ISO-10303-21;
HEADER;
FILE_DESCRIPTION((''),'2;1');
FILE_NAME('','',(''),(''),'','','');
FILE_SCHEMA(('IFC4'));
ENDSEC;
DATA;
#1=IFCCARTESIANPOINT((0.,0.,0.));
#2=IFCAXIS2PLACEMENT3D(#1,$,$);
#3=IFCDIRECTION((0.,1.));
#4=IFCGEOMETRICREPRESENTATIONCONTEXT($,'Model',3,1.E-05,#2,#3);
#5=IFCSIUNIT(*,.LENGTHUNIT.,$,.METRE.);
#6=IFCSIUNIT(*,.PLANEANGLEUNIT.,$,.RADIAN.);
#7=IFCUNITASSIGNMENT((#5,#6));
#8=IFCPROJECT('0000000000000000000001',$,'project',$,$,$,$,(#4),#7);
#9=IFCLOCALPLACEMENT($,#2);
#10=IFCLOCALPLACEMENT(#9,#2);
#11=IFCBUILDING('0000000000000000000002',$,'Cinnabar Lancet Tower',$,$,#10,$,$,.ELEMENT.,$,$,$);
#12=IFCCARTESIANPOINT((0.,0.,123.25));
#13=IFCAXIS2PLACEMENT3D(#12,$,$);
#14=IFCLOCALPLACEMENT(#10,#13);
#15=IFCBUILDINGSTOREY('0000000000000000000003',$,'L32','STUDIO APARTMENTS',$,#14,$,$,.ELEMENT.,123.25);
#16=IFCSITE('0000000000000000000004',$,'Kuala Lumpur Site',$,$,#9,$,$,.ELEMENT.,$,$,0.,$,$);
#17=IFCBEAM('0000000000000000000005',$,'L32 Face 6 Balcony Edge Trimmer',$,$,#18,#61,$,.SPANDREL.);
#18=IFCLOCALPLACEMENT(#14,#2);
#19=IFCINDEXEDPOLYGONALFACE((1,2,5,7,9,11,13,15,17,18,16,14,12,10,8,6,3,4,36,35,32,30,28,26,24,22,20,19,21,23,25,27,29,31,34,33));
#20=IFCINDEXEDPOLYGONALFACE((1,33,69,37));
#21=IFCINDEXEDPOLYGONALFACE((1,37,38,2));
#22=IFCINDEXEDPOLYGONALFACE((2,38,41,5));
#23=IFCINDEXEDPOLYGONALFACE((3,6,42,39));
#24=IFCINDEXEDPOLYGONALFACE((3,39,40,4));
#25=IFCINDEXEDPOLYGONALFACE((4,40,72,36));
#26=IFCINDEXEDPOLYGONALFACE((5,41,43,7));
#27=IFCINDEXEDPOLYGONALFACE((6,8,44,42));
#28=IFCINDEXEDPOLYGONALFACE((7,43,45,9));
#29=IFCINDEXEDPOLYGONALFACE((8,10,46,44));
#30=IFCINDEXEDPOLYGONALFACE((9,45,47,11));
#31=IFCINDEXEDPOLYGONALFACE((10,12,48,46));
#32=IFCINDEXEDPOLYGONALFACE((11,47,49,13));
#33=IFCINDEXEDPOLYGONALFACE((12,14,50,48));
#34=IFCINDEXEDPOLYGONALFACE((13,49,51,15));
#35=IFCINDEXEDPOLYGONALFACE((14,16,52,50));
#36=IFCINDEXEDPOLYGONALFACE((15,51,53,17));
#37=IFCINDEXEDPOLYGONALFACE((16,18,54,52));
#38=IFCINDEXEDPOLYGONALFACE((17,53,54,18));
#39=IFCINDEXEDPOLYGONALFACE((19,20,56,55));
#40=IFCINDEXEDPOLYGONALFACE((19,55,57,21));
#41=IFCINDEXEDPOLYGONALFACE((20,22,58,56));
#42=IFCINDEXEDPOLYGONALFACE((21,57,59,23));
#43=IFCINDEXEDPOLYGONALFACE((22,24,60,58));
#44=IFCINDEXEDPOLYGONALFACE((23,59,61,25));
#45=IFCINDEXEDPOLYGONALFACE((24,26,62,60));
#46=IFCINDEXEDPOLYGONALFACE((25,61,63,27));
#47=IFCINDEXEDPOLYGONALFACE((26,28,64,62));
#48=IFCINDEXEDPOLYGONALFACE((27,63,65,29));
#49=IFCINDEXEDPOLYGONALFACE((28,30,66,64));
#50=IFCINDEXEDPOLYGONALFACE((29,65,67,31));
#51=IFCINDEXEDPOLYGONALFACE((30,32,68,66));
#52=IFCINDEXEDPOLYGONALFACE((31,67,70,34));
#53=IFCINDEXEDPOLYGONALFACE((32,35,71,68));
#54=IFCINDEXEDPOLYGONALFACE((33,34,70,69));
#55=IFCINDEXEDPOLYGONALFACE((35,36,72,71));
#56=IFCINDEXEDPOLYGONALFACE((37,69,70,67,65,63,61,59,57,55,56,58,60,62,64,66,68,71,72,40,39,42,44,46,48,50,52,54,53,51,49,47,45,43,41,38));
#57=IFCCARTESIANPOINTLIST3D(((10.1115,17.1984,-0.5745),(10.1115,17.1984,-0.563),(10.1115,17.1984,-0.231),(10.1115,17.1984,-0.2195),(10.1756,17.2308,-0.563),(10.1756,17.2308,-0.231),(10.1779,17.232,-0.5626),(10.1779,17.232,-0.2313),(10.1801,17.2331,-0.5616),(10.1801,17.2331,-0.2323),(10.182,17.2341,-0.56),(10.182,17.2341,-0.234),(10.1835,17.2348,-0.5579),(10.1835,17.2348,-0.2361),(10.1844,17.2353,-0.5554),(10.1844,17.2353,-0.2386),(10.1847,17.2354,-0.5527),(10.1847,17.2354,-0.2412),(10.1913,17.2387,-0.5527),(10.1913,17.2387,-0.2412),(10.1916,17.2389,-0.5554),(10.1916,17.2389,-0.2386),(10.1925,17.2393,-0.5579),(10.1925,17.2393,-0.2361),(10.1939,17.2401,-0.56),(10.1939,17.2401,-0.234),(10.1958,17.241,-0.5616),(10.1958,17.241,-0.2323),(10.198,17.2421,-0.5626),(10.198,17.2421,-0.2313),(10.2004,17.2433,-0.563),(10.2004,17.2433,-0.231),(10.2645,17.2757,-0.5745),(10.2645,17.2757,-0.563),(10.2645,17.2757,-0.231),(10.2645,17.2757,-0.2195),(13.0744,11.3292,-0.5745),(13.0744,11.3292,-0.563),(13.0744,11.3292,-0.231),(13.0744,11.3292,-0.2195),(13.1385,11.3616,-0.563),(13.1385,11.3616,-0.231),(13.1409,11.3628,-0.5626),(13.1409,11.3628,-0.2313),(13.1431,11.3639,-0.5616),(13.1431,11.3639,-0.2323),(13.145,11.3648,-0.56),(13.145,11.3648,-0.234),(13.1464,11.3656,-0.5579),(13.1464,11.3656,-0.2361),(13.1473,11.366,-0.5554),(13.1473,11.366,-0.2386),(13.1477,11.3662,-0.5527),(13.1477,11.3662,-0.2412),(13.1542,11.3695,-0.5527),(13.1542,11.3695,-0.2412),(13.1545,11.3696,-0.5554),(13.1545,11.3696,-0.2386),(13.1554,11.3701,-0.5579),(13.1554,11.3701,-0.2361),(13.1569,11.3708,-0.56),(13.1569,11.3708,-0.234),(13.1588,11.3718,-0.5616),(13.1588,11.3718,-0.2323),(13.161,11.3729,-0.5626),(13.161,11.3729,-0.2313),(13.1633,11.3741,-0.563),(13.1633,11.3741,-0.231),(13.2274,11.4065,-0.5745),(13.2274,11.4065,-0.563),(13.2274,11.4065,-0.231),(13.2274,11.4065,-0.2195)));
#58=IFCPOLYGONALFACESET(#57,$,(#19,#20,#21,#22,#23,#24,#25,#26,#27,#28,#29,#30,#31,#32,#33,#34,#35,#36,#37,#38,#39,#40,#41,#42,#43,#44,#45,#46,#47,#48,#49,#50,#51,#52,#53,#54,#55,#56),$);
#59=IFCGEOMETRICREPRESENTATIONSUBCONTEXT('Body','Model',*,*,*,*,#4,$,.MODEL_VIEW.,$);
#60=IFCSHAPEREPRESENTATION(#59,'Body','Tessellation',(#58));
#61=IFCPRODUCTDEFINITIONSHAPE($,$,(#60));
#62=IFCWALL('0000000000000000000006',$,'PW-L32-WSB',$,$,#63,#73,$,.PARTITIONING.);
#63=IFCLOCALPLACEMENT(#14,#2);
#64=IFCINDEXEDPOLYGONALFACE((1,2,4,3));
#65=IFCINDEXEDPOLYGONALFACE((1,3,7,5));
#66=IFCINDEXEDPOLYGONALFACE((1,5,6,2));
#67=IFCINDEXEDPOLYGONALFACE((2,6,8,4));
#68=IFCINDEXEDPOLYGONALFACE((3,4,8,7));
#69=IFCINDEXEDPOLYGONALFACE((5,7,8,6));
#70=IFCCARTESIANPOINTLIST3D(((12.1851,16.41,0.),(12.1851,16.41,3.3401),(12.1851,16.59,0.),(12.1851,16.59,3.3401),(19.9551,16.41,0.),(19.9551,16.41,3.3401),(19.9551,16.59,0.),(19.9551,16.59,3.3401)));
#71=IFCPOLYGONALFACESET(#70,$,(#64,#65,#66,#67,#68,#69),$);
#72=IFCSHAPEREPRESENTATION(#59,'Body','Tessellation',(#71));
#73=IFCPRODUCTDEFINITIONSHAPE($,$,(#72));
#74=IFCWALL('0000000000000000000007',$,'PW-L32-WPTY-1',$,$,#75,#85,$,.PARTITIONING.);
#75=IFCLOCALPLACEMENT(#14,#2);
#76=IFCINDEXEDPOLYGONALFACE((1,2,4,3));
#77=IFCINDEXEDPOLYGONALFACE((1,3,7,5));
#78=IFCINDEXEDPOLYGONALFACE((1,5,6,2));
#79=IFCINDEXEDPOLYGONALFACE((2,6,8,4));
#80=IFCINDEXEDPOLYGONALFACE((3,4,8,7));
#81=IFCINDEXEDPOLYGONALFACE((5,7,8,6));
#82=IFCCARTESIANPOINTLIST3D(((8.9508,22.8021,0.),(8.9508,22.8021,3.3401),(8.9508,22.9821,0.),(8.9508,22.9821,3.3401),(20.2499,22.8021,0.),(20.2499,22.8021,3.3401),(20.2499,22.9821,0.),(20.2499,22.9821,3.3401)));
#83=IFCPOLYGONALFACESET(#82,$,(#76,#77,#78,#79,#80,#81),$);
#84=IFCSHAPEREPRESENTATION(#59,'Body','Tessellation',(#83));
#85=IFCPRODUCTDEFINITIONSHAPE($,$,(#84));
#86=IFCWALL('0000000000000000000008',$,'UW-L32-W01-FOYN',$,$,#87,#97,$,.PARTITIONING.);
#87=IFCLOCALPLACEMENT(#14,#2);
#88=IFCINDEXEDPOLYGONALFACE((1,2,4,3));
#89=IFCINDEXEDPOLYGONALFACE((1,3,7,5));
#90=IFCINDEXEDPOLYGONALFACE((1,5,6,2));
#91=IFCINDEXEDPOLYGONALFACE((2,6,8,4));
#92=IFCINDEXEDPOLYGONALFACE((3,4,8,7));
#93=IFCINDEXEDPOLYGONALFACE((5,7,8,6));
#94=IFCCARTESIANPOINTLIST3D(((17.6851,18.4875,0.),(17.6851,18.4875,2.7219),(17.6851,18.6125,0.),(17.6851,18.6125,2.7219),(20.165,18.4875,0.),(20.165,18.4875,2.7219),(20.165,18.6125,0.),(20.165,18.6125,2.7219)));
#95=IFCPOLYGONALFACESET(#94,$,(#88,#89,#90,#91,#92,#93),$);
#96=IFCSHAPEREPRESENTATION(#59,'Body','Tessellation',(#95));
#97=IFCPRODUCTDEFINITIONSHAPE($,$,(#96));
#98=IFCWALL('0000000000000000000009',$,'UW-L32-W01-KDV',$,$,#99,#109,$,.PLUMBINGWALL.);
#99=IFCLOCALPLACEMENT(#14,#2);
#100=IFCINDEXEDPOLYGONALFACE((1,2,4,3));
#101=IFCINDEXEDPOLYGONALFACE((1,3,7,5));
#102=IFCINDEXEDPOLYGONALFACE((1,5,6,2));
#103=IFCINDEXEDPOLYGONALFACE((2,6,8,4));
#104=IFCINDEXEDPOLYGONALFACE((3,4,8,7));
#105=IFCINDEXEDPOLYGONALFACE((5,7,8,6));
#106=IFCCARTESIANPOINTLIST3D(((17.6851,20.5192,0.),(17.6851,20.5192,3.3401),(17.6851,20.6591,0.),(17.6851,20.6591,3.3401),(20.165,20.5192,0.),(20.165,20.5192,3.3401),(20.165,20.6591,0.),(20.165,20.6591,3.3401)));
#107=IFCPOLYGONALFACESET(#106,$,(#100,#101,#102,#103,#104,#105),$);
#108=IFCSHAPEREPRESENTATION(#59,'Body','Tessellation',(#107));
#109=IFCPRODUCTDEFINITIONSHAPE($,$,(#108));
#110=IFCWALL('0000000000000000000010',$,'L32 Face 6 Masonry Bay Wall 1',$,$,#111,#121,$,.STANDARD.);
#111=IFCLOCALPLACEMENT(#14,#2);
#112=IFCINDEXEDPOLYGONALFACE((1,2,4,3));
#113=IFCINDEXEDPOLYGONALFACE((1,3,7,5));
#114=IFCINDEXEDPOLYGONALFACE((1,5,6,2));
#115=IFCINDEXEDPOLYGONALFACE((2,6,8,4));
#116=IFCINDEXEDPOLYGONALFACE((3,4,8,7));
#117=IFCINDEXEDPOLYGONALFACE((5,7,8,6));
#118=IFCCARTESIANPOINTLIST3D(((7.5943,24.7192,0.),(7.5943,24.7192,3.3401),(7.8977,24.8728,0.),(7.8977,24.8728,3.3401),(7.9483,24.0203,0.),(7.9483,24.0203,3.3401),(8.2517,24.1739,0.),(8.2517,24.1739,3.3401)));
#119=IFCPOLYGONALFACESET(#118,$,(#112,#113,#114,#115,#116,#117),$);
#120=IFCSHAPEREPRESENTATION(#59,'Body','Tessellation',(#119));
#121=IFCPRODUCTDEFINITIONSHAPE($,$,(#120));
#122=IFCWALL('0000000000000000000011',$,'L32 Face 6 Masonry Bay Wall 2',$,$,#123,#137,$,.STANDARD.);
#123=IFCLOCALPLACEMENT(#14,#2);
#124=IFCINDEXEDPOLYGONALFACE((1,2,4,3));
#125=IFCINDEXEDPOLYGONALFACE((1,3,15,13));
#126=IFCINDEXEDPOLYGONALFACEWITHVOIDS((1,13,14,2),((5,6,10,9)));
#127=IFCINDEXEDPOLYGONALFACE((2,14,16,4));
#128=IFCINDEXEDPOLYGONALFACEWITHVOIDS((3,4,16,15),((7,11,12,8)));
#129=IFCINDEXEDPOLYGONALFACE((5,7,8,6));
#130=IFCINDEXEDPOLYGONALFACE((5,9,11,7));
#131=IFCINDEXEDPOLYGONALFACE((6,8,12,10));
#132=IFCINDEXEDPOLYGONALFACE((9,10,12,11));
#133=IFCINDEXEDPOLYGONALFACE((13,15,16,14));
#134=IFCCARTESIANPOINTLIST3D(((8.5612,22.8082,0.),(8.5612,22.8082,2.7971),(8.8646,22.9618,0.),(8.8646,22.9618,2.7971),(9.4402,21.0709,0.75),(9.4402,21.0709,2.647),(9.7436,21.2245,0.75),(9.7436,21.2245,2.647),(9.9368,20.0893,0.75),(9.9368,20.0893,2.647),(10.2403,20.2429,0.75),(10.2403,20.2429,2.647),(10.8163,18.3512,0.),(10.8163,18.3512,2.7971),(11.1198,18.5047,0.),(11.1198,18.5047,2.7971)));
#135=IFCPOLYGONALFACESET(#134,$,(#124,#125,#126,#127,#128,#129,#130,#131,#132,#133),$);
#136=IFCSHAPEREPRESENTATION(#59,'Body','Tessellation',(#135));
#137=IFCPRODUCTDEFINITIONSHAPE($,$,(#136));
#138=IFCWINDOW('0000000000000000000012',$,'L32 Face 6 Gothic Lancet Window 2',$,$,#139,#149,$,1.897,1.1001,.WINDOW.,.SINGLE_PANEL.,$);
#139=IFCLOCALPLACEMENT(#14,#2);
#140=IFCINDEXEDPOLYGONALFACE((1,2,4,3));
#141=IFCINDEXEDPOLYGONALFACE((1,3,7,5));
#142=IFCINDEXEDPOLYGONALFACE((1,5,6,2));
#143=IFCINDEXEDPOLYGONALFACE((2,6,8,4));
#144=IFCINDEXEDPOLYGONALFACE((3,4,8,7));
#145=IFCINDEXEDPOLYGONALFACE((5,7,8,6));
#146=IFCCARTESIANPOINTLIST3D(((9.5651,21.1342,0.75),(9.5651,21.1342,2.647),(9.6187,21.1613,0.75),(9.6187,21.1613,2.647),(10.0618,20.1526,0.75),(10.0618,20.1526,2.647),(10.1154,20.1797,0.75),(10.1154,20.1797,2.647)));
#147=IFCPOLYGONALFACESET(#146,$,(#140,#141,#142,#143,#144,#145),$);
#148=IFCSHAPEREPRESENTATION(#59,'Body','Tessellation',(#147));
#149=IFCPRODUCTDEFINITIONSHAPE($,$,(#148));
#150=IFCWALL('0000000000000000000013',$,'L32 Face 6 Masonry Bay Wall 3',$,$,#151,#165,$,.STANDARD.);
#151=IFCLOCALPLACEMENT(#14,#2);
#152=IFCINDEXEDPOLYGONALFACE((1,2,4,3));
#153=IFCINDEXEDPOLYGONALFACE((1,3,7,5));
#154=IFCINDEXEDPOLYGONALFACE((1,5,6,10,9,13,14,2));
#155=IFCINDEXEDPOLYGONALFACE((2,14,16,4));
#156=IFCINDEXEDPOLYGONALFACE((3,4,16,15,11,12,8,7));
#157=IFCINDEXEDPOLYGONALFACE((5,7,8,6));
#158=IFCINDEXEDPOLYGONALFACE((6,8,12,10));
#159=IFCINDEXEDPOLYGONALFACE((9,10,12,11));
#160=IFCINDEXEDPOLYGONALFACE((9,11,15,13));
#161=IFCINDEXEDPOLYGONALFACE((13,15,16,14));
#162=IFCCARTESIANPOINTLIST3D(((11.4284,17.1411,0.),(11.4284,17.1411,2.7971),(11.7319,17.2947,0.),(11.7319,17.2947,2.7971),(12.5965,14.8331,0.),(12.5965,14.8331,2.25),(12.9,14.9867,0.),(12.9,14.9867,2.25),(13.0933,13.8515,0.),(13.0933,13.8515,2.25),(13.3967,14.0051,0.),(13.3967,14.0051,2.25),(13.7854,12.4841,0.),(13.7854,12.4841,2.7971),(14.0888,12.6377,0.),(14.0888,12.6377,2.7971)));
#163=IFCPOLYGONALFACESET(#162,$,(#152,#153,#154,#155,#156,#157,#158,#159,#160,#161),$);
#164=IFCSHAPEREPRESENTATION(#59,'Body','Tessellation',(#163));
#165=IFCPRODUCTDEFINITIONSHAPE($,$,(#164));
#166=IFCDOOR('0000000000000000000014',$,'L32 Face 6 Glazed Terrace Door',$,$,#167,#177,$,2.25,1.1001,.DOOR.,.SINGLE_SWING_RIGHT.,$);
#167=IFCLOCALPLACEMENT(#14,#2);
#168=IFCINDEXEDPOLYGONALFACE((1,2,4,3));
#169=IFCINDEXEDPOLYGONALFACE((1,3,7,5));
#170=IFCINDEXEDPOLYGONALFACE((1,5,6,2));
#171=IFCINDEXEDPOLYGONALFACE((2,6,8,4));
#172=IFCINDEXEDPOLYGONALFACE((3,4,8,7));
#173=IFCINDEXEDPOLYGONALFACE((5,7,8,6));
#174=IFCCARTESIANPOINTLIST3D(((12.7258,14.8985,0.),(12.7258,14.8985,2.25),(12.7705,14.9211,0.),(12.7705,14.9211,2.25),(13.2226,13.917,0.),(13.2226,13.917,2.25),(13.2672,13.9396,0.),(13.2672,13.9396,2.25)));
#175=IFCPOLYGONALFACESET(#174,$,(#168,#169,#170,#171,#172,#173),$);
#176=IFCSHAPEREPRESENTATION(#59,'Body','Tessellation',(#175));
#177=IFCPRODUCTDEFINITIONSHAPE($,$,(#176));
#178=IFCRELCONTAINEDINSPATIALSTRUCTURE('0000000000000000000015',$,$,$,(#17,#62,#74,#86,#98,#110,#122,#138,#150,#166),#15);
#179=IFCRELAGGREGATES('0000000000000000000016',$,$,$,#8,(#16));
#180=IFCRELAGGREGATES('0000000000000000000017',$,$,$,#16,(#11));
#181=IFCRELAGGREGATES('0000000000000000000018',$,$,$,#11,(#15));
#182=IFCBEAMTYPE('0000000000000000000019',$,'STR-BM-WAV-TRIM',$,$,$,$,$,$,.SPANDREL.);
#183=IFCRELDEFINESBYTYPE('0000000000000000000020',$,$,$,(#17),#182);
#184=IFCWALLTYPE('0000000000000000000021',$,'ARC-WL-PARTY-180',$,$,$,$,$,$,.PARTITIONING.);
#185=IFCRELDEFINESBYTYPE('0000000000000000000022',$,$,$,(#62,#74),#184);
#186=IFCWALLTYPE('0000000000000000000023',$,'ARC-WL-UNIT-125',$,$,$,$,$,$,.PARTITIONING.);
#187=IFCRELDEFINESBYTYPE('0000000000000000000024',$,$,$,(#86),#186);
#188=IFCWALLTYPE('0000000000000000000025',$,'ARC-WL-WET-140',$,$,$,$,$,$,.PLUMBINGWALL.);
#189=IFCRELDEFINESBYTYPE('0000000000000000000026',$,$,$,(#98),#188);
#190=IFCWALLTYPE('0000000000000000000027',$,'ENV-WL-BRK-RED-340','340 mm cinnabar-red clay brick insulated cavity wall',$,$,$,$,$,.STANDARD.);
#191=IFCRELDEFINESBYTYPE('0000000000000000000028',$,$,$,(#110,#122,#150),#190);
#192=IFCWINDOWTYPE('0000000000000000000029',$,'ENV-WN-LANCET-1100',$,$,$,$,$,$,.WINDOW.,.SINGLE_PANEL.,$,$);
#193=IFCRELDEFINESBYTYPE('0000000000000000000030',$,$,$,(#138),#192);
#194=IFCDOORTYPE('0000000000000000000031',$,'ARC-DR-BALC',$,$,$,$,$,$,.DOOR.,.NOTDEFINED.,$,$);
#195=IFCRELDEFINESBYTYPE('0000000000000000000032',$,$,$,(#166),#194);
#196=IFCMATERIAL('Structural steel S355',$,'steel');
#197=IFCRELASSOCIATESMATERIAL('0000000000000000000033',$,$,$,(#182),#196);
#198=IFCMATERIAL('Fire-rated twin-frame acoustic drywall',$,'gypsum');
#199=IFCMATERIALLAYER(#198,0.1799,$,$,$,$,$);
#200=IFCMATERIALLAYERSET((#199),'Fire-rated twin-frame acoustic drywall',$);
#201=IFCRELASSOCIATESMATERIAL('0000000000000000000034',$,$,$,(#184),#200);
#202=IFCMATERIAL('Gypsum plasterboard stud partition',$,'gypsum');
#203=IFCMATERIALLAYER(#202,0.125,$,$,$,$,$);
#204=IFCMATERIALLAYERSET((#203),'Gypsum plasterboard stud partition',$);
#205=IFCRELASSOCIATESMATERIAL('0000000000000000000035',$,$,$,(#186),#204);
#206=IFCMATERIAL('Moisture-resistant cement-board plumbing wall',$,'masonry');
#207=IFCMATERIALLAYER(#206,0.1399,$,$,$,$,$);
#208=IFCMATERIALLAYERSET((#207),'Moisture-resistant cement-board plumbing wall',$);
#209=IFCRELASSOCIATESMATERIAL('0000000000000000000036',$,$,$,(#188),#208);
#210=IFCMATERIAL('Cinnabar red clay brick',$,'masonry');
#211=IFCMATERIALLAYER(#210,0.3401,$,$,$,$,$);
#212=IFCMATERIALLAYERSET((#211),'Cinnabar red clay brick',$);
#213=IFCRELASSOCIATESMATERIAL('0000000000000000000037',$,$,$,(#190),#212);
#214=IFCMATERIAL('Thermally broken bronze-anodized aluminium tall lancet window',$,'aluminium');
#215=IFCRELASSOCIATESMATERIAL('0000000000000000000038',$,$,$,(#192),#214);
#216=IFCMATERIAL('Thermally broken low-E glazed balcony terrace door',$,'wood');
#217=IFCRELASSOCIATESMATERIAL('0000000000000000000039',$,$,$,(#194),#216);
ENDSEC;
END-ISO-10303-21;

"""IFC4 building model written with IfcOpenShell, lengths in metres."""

from ifc_helpers import new_model, si_unit, direction, frame, frame_2d, origin, origin_2d, place, context, subcontext, project, spatial, rectangle, i_section, extrude, material, layer, layer_set, material_profile, profile_set, type_object, element, fill, save


model = new_model("IFC4")

# Units and contexts
model_context = context("Model", 3, precision=1e-05, world=origin(), true_north=direction((0.0, 1.0)))
body_context = subcontext(model_context, "Body", "Model", "MODEL_VIEW")
ifc_project = project(units=[si_unit("LENGTHUNIT", "METRE"), si_unit("PLANEANGLEUNIT", "RADIAN")], contexts=[model_context])

# Site, building, storey
site_placement = place(None, origin())
site = spatial("IfcSite", under=ifc_project, at=site_placement, Name="Kuala Lumpur Site", CompositionType="ELEMENT", RefElevation=0.0)
building_placement = place(site_placement, origin())
building = spatial("IfcBuilding", under=site, at=building_placement, Name="Cinnabar Lancet Tower", CompositionType="ELEMENT")
storey_placement = place(building_placement, frame((0.0, 0.0, 123.25)))
storey = spatial("IfcBuildingStorey", under=building, at=storey_placement, Name="L32", Description="STUDIO APARTMENTS", CompositionType="ELEMENT", Elevation=123.25)

# Beam
ifc_material_1 = material(Name="Structural steel S355", Category="steel")
ifc_material_profile_1 = material_profile(ifc_material_1, i_section(OverallWidth=0.1714, OverallDepth=0.355, WebThickness=0.0073, FlangeThickness=0.0115, FilletRadius=0.0103, at=origin_2d()), Name="UKB 356x171x51")
ifc_profile_set_1 = profile_set([ifc_material_profile_1], Name="Structural steel S355")
beam_type_1 = type_object("IfcBeamType", Name="STR-BM-WAV-TRIM", PredefinedType="SPANDREL", material=ifc_profile_set_1)
beam_1_placement = place(storey_placement, frame((10.188, 17.2371, -0.397), z_axis=(0.450656, -0.892698, 0.0), x_axis=(0.892698, 0.450656, 0.0)))
element("IfcBeam", 1, at=beam_1_placement, inside=storey, type_object=beam_type_1, Name="L32 Face 6 Balcony Edge Trimmer", PredefinedType="SPANDREL", context=body_context, shape_type="SweptSolid", body=[
    extrude(i_section(OverallWidth=0.1714, OverallDepth=0.355, WebThickness=0.0073, FlangeThickness=0.0115, FilletRadius=0.0103, at=origin_2d()), origin(), (0.0, 0.0, 1.0), 6.5747),
])

# Walls
ifc_material_2 = material(Name="Fire-rated twin-frame acoustic drywall", Category="gypsum")
ifc_layer_1 = layer(ifc_material_2, 0.1799)
ifc_layer_set_1 = layer_set([ifc_layer_1], Name="Fire-rated twin-frame acoustic drywall")
wall_type_1 = type_object("IfcWallType", Name="ARC-WL-PARTY-180", PredefinedType="PARTITIONING", material=ifc_layer_set_1)
wall_1_placement = place(storey_placement, frame((12.1851, 16.5, 0.0), z_axis=(0.0, 0.0, 1.0), x_axis=(1.0, 0.0, 0.0)))
element("IfcWall", 2, at=wall_1_placement, inside=storey, type_object=wall_type_1, Name="PW-L32-WSB", PredefinedType="PARTITIONING", context=body_context, shape_type="SweptSolid", body=[
    extrude(rectangle(XDim=7.77, YDim=0.1799, at=frame_2d((3.885, 0.0))), origin(), (0.0, 0.0, 1.0), 3.3401),
])
wall_2_placement = place(storey_placement, frame((8.9509, 22.8921, 0.0), z_axis=(0.0, 0.0, 1.0), x_axis=(1.0, 0.0, 0.0)))
element("IfcWall", 3, at=wall_2_placement, inside=storey, type_object=wall_type_1, Name="PW-L32-WPTY-1", PredefinedType="PARTITIONING", context=body_context, shape_type="SweptSolid", body=[
    extrude(rectangle(XDim=11.2991, YDim=0.1799, at=frame_2d((5.6494, 0.0))), origin(), (0.0, 0.0, 1.0), 3.3401),
])
ifc_material_3 = material(Name="Gypsum plasterboard stud partition", Category="gypsum")
ifc_layer_2 = layer(ifc_material_3, 0.125)
ifc_layer_set_2 = layer_set([ifc_layer_2], Name="Gypsum plasterboard stud partition")
wall_type_2 = type_object("IfcWallType", Name="ARC-WL-UNIT-125", PredefinedType="PARTITIONING", material=ifc_layer_set_2)
wall_3_placement = place(storey_placement, frame((17.6851, 18.55, 0.0), z_axis=(0.0, 0.0, 1.0), x_axis=(1.0, 0.0, 0.0)))
element("IfcWall", 4, at=wall_3_placement, inside=storey, type_object=wall_type_2, Name="UW-L32-W01-FOYN", PredefinedType="PARTITIONING", context=body_context, shape_type="SweptSolid", body=[
    extrude(rectangle(XDim=2.48, YDim=0.125, at=frame_2d((1.24, 0.0))), origin(), (0.0, 0.0, 1.0), 2.7219),
])

# Shared definitions
ifc_material_4 = material(Name="Moisture-resistant cement-board plumbing wall", Category="masonry")
ifc_layer_3 = layer(ifc_material_4, 0.1399)
ifc_layer_set_3 = layer_set([ifc_layer_3], Name="Moisture-resistant cement-board plumbing wall")
wall_type_3 = type_object("IfcWallType", Name="ARC-WL-WET-140", PredefinedType="PLUMBINGWALL", material=ifc_layer_set_3)

# Walls
wall_4_placement = place(storey_placement, frame((17.6851, 20.5891, 0.0), z_axis=(0.0, 0.0, 1.0), x_axis=(1.0, 0.0, 0.0)))
element("IfcWall", 5, at=wall_4_placement, inside=storey, type_object=wall_type_3, Name="UW-L32-W01-KDV", PredefinedType="PLUMBINGWALL", context=body_context, shape_type="SweptSolid", body=[
    extrude(rectangle(XDim=2.48, YDim=0.1399, at=frame_2d((1.24, 0.0))), origin(), (0.0, 0.0, 1.0), 3.3401),
])
ifc_material_5 = material(Name="Cinnabar red clay brick", Category="masonry")
ifc_layer_4 = layer(ifc_material_5, 0.3401)
ifc_layer_set_4 = layer_set([ifc_layer_4], Name="Cinnabar red clay brick")
wall_type_4 = type_object("IfcWallType", Name="ENV-WL-BRK-RED-340", Description="340 mm cinnabar-red clay brick insulated cavity wall", PredefinedType="STANDARD", material=ifc_layer_set_4)
wall_5_placement = place(storey_placement, frame((7.7461, 24.7959, 0.0), z_axis=(0.0, 0.0, 1.0), x_axis=(0.451819, -0.892109, 0.0)))
element("IfcWall", 6, at=wall_5_placement, inside=storey, type_object=wall_type_4, Name="L32 Face 6 Masonry Bay Wall 1", PredefinedType="STANDARD", context=body_context, shape_type="SweptSolid", body=[
    extrude(rectangle(XDim=0.7834, YDim=0.3401, at=frame_2d((0.3916, 0.0))), origin(), (0.0, 0.0, 1.0), 3.3401),
])

# Wall, opening, window
wall_6_placement = place(storey_placement, frame((8.7129, 22.885, 0.0), z_axis=(0.0, 0.0, 1.0), x_axis=(0.451471, -0.892286, 0.0)))
wall_6 = element("IfcWall", 7, at=wall_6_placement, inside=storey, type_object=wall_type_4, Name="L32 Face 6 Masonry Bay Wall 2", PredefinedType="STANDARD", context=body_context, shape_type="SweptSolid", body=[
    extrude(rectangle(XDim=4.9951, YDim=0.3401, at=frame_2d((2.4976, 0.0))), origin(), (0.0, 0.0, 1.0), 2.7971),
])
opening_1_placement = place(wall_6_placement, frame((1.947, 0.0, 0.75)))
opening_1 = element("IfcOpeningElement", 8, at=opening_1_placement, cuts=wall_6, PredefinedType="OPENING", context=body_context, shape_type="SweptSolid", body=[
    extrude(rectangle(XDim=1.1001, YDim=1.897, at=frame_2d((0.55, 0.9485))), frame((0.0, 0.1799, 0.0), z_axis=(0.0, -1.0, 0.0), x_axis=(1.0, 0.0, 0.0)), (0.0, 0.0, 1.0), 0.3601),
])
ifc_material_6 = material(Name="Thermally broken bronze-anodized aluminium tall lancet window", Category="aluminium")
window_type = type_object("IfcWindowType", Name="ENV-WN-LANCET-1100", PartitioningType="SINGLE_PANEL", PredefinedType="WINDOW", material=ifc_material_6)
window_placement = place(opening_1_placement, origin())
window = element("IfcWindow", 9, at=window_placement, inside=storey, type_object=window_type, Name="L32 Face 6 Gothic Lancet Window 2", OverallHeight=1.897, OverallWidth=1.1001, PartitioningType="SINGLE_PANEL", PredefinedType="WINDOW", context=body_context, shape_type="SweptSolid", body=[
    extrude(rectangle(XDim=1.1001, YDim=1.897, at=frame_2d((0.55, 0.9485))), frame((0.0, 0.03, 0.0), z_axis=(0.0, -1.0, 0.0), x_axis=(1.0, 0.0, 0.0)), (0.0, 0.0, 1.0), 0.0601),
])
fill(opening_1, window)

# Wall, opening, door
wall_7_placement = place(storey_placement, frame((11.5801, 17.218, 0.0), z_axis=(0.0, 0.0, 1.0), x_axis=(0.451568, -0.892237, 0.0)))
wall_7 = element("IfcWall", 10, at=wall_7_placement, inside=storey, type_object=wall_type_4, Name="L32 Face 6 Masonry Bay Wall 3", PredefinedType="STANDARD", context=body_context, shape_type="SweptSolid", body=[
    extrude(rectangle(XDim=5.2195, YDim=0.3401, at=frame_2d((2.6099, 0.0))), origin(), (0.0, 0.0, 1.0), 2.7971),
])
opening_2_placement = place(wall_7_placement, frame((2.5869, 0.0, 0.0)))
opening_2 = element("IfcOpeningElement", 11, at=opening_2_placement, cuts=wall_7, PredefinedType="OPENING", context=body_context, shape_type="SweptSolid", body=[
    extrude(rectangle(XDim=1.1001, YDim=2.25, at=frame_2d((0.55, 1.125))), frame((0.0, 0.1799, 0.0), z_axis=(0.0, -1.0, 0.0), x_axis=(1.0, 0.0, 0.0)), (0.0, 0.0, 1.0), 0.3601),
])
ifc_material_7 = material(Name="Thermally broken low-E glazed balcony terrace door", Category="wood")
door_type_1 = type_object("IfcDoorType", Name="ARC-DR-BALC", OperationType="NOTDEFINED", PredefinedType="DOOR", material=ifc_material_7)
door_1_placement = place(opening_2_placement, origin())
door_1 = element("IfcDoor", 12, at=door_1_placement, inside=storey, type_object=door_type_1, Name="L32 Face 6 Glazed Terrace Door", OperationType="SINGLE_SWING_RIGHT", OverallHeight=2.25, OverallWidth=1.1001, PredefinedType="DOOR", context=body_context, shape_type="SweptSolid", body=[
    extrude(rectangle(XDim=1.1001, YDim=2.25, at=frame_2d((0.55, 1.125))), frame((0.0, 0.0249, 0.0), z_axis=(0.0, -1.0, 0.0), x_axis=(1.0, 0.0, 0.0)), (0.0, 0.0, 1.0), 0.05),
])
fill(opening_2, door_1)

save(model, "model.ifc")
